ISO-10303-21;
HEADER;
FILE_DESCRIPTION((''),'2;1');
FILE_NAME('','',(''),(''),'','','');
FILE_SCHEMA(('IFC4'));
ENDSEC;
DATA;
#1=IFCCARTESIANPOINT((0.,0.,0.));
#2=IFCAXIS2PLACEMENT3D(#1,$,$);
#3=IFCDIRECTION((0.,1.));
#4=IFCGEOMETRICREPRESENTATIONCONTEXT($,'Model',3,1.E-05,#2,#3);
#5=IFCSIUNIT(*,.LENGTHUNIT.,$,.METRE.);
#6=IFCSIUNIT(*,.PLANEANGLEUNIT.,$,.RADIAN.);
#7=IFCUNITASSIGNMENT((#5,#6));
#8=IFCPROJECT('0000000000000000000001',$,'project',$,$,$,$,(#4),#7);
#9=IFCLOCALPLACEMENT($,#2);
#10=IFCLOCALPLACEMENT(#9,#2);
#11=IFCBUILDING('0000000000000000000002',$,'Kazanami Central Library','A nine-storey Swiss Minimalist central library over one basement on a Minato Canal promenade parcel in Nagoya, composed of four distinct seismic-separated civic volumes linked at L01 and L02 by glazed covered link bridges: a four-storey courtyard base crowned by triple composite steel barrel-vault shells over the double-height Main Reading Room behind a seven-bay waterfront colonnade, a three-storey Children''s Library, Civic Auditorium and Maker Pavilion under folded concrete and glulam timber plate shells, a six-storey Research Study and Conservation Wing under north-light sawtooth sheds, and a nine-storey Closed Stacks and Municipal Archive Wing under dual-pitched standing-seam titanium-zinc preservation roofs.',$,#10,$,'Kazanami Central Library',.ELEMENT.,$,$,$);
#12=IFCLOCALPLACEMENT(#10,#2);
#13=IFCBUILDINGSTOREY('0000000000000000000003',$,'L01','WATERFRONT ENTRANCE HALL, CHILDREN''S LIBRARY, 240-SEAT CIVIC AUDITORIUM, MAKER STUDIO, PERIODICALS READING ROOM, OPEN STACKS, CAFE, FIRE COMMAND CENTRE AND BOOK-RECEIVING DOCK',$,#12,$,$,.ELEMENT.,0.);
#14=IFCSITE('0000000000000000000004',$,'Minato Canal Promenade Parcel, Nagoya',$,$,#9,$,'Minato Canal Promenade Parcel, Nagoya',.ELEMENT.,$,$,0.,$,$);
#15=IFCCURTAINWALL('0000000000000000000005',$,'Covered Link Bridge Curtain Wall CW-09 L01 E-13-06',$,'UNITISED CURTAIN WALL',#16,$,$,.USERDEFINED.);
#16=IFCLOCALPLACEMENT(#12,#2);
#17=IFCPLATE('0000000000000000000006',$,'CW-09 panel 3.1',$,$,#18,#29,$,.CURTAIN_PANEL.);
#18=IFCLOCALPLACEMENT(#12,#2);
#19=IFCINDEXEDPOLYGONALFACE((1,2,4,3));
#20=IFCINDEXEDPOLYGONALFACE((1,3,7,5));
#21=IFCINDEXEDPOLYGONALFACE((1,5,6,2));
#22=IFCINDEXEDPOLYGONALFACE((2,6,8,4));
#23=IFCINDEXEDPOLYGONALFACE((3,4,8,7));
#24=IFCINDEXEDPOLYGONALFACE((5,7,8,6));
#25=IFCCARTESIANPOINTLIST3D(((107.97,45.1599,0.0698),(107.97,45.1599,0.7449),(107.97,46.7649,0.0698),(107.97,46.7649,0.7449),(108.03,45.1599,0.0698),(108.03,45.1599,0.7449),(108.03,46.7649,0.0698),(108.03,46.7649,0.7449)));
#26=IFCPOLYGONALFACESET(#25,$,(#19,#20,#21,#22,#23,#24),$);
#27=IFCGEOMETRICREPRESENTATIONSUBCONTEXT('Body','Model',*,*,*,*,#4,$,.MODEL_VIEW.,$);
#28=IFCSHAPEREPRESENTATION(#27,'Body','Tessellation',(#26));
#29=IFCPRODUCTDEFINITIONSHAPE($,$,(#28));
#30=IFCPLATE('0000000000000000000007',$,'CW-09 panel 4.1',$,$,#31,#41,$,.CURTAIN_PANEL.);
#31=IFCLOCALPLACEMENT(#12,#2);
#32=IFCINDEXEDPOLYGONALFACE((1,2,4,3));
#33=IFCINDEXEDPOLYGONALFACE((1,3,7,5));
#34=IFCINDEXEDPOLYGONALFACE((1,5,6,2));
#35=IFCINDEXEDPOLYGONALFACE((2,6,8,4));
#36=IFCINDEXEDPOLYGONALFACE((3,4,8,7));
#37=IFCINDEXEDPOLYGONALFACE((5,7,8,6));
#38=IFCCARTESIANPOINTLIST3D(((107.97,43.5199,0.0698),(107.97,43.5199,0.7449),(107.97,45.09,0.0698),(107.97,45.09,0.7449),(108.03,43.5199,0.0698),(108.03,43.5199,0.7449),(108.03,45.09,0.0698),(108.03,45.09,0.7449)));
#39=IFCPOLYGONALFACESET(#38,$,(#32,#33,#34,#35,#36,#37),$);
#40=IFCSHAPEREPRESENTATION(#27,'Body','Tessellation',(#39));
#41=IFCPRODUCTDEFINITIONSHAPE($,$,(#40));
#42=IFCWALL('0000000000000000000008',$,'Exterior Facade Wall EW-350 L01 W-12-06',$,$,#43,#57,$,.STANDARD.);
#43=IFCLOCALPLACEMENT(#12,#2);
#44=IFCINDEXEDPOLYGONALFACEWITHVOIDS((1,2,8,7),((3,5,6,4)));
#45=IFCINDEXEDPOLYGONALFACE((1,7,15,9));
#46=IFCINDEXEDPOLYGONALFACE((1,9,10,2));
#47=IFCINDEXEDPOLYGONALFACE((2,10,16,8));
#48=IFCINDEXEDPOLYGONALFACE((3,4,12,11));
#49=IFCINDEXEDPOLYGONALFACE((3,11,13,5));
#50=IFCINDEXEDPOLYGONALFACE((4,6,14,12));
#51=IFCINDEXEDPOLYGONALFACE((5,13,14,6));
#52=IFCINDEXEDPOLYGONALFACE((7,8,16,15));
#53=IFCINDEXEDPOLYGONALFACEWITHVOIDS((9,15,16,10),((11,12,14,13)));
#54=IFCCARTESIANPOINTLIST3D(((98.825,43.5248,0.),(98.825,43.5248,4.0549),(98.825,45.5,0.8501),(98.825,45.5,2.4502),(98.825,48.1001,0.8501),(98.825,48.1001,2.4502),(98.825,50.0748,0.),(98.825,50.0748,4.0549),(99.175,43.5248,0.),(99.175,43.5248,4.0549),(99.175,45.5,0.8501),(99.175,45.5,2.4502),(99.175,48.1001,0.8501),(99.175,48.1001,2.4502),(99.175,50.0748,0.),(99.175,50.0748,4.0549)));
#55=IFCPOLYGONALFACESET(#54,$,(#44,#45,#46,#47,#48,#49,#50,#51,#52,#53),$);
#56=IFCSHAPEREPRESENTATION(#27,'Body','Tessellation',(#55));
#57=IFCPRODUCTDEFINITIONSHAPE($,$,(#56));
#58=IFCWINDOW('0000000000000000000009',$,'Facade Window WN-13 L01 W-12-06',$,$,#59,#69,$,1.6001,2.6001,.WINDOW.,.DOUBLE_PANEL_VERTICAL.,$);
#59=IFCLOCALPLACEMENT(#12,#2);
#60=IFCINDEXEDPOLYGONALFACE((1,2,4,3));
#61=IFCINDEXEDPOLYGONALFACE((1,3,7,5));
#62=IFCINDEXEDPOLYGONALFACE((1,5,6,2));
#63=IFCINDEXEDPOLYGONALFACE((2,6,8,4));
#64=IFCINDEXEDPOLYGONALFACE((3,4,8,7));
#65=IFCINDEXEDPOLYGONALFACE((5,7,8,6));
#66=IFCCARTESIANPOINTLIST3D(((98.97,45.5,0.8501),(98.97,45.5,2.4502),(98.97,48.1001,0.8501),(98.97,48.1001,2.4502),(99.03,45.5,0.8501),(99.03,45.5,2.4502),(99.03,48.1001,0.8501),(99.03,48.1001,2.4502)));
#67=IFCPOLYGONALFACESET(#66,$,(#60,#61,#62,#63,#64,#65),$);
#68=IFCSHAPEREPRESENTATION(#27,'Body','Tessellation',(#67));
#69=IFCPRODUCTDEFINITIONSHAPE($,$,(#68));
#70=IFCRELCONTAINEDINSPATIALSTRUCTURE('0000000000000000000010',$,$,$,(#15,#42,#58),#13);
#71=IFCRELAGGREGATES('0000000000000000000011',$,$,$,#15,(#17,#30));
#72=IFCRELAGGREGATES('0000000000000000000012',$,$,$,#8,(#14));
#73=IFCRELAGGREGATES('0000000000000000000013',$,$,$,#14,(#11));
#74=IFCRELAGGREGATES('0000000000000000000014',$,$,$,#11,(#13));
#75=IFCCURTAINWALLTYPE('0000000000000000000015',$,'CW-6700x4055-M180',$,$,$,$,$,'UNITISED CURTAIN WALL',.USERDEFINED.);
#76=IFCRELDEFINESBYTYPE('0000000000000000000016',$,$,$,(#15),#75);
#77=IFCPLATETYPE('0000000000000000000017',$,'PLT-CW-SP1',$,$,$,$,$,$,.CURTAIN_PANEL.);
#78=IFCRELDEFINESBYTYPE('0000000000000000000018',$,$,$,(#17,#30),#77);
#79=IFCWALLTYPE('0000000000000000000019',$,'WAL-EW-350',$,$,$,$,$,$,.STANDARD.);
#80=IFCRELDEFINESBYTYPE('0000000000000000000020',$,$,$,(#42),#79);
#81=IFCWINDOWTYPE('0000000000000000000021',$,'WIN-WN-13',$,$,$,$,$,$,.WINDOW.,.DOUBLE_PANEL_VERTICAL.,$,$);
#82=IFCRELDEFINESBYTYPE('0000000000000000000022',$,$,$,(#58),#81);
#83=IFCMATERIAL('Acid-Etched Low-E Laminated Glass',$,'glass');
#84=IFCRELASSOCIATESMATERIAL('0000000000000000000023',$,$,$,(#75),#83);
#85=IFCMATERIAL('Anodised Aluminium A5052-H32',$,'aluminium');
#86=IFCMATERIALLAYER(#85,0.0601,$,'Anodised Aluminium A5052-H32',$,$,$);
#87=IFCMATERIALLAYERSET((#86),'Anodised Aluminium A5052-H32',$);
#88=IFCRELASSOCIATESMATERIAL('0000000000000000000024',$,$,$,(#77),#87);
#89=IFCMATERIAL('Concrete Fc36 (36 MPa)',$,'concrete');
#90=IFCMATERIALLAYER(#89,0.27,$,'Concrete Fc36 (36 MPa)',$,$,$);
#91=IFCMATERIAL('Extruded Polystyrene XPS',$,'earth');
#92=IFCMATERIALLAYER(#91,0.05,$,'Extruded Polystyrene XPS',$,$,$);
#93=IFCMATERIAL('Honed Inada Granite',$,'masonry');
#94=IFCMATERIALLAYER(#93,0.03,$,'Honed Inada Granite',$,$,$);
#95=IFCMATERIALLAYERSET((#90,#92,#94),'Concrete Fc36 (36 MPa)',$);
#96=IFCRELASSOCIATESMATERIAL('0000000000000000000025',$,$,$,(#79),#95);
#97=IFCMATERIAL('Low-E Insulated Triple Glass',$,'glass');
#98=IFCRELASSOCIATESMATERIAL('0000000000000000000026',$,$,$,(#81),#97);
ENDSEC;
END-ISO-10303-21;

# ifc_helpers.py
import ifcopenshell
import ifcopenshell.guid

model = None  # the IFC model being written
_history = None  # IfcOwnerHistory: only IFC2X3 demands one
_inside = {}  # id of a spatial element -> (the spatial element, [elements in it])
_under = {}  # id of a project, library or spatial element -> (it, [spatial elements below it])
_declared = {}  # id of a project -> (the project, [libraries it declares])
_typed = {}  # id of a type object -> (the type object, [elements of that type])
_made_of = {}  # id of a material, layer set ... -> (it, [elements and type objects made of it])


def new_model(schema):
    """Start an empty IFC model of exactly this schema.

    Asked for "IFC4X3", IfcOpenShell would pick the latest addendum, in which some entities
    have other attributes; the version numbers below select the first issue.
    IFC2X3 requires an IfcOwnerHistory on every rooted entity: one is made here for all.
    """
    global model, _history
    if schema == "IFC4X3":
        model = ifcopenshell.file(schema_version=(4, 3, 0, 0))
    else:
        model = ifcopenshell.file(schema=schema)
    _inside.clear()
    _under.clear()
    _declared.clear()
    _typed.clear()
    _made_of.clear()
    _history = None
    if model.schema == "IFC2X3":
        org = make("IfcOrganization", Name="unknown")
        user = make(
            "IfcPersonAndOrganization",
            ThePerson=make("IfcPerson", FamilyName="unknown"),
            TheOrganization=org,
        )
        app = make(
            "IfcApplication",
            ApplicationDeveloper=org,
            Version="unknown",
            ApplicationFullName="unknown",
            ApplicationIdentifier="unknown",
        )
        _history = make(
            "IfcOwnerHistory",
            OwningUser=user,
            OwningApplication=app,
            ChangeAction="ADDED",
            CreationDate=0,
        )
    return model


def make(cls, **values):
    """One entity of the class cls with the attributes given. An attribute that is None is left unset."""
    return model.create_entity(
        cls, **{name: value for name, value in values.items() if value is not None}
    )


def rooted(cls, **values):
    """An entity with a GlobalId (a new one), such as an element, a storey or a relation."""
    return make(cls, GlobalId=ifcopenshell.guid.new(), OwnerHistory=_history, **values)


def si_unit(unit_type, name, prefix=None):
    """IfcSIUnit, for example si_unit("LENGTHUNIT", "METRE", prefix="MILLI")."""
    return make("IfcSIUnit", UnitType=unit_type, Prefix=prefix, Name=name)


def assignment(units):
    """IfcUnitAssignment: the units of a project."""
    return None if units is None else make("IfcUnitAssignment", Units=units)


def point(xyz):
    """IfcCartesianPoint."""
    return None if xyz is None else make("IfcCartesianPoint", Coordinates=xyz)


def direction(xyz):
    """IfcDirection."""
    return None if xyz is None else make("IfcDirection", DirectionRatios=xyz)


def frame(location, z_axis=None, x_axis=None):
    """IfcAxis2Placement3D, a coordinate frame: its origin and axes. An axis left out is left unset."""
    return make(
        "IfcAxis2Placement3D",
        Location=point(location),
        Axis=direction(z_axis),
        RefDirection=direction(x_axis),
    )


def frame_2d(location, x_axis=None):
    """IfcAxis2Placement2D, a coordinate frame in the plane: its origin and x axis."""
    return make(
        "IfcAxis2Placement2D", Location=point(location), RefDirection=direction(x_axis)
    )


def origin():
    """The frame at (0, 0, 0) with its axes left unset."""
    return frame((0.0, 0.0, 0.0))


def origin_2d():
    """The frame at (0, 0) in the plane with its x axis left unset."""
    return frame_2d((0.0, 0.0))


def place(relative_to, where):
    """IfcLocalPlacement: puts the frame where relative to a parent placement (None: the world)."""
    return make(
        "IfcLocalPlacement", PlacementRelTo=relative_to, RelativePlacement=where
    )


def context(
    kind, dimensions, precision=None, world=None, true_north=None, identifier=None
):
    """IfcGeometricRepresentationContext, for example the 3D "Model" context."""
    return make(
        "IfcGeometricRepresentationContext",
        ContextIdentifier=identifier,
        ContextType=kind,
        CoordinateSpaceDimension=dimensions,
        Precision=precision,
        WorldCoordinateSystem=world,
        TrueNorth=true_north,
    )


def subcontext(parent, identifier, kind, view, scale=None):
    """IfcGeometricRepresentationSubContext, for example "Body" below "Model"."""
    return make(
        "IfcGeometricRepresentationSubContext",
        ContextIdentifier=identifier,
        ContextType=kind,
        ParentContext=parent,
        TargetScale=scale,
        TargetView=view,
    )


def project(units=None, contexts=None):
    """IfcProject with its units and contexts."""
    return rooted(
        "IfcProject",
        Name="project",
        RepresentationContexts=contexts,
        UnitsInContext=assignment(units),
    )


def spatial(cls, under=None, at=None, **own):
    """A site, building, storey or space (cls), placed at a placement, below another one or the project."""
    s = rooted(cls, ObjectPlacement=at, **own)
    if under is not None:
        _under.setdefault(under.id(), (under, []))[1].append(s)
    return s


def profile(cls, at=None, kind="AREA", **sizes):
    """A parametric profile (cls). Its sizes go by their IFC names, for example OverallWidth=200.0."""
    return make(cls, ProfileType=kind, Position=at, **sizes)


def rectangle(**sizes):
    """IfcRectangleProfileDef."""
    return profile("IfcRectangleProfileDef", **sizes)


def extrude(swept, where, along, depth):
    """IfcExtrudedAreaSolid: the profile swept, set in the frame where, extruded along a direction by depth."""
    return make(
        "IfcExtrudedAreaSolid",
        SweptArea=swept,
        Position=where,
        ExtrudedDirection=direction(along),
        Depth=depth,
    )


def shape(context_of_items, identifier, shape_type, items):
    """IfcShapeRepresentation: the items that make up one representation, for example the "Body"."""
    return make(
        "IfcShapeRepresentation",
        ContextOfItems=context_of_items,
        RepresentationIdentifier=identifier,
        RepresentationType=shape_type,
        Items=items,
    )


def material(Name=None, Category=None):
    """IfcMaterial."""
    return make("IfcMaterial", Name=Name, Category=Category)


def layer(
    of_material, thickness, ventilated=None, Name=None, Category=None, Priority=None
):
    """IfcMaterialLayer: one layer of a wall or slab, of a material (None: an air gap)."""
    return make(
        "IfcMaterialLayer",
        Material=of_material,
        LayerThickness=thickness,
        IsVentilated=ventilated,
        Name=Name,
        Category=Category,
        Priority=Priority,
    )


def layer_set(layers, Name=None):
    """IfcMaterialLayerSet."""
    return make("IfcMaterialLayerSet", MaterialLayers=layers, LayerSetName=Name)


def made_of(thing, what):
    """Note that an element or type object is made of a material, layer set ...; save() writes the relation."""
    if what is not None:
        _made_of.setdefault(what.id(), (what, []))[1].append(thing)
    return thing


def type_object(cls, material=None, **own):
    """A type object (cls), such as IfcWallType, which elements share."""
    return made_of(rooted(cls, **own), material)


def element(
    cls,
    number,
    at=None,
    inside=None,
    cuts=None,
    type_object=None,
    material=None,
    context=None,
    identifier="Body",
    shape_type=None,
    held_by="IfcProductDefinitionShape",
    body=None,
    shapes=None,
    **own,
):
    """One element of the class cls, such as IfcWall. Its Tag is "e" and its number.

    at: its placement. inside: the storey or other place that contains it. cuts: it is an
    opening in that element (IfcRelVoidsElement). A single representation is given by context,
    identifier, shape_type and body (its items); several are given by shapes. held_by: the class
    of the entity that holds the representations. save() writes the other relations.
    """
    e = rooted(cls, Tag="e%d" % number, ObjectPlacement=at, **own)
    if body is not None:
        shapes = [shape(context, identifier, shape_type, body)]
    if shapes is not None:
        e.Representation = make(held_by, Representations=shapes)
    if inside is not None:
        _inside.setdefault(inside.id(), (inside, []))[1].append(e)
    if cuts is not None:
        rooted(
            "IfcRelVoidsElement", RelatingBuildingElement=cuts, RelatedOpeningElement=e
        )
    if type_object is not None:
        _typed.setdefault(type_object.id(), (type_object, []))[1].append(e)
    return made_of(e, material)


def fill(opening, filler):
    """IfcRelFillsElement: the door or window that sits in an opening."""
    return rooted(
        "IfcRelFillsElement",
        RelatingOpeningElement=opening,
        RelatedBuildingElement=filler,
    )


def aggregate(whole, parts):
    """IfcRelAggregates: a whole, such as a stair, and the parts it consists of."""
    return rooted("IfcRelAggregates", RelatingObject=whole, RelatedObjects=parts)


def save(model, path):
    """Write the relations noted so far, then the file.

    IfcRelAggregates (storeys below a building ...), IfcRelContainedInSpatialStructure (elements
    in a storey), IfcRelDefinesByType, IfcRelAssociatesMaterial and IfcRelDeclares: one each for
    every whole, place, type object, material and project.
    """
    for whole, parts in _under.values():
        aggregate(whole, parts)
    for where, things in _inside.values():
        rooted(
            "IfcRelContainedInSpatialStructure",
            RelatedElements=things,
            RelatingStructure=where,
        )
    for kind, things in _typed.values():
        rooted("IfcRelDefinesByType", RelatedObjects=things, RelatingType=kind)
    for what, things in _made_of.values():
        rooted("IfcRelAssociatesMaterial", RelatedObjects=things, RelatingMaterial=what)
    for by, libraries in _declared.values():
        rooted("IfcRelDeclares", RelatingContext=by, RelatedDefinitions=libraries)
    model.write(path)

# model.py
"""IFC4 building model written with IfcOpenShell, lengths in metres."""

from ifc_helpers import new_model, si_unit, direction, frame, frame_2d, origin, origin_2d, place, context, subcontext, project, spatial, rectangle, extrude, material, layer, layer_set, type_object, element, fill, aggregate, save


model = new_model("IFC4")

# Units and contexts
model_context = context("Model", 3, precision=1e-05, world=origin(), true_north=direction((0.0, 1.0)))
body_context = subcontext(model_context, "Body", "Model", "MODEL_VIEW")
ifc_project = project(units=[si_unit("LENGTHUNIT", "METRE"), si_unit("PLANEANGLEUNIT", "RADIAN")], contexts=[model_context])

# Site, building, storey
site_placement = place(None, origin())
site = spatial("IfcSite", under=ifc_project, at=site_placement, Name="Minato Canal Promenade Parcel, Nagoya", LongName="Minato Canal Promenade Parcel, Nagoya", CompositionType="ELEMENT", RefElevation=0.0)
building_placement = place(site_placement, origin())
building = spatial("IfcBuilding", under=site, at=building_placement, Name="Kazanami Central Library", Description="A nine-storey Swiss Minimalist central library over one basement on a Minato Canal promenade parcel in Nagoya, composed of four distinct seismic-separated civic volumes linked at L01 and L02 by glazed covered link bridges: a four-storey courtyard base crowned by triple composite steel barrel-vault shells over the double-height Main Reading Room behind a seven-bay waterfront colonnade, a three-storey Children's Library, Civic Auditorium and Maker Pavilion under folded concrete and glulam timber plate shells, a six-storey Research Study and Conservation Wing under north-light sawtooth sheds, and a nine-storey Closed Stacks and Municipal Archive Wing under dual-pitched standing-seam titanium-zinc preservation roofs.", LongName="Kazanami Central Library", CompositionType="ELEMENT")
storey_placement = place(building_placement, origin())
storey = spatial("IfcBuildingStorey", under=building, at=storey_placement, Name="L01", Description="WATERFRONT ENTRANCE HALL, CHILDREN'S LIBRARY, 240-SEAT CIVIC AUDITORIUM, MAKER STUDIO, PERIODICALS READING ROOM, OPEN STACKS, CAFE, FIRE COMMAND CENTRE AND BOOK-RECEIVING DOCK", CompositionType="ELEMENT", Elevation=0.0)

# Shared definitions
ifc_material_1 = material(Name="Acid-Etched Low-E Laminated Glass", Category="glass")

# Curtain wall
curtain_wall_type_1 = type_object("IfcCurtainWallType", Name="CW-6700x4055-M180", ElementType="UNITISED CURTAIN WALL", PredefinedType="USERDEFINED", material=ifc_material_1)
curtain_wall_1_placement = place(storey_placement, origin())
curtain_wall_1 = element("IfcCurtainWall", 1, at=curtain_wall_1_placement, inside=storey, type_object=curtain_wall_type_1, Name="Covered Link Bridge Curtain Wall CW-09 L01 E-13-06", ObjectType="UNITISED CURTAIN WALL", PredefinedType="USERDEFINED")

# Plates
ifc_material_2 = material(Name="Low-E Insulated Triple Glass", Category="glass")
ifc_material_3 = material(Name="Anodised Aluminium A5052-H32", Category="aluminium")
ifc_layer_1 = layer(ifc_material_3, 0.0601, Name="Anodised Aluminium A5052-H32")
ifc_layer_set_1 = layer_set([ifc_layer_1], Name="Anodised Aluminium A5052-H32")
plate_type_1 = type_object("IfcPlateType", Name="PLT-CW-SP1", PredefinedType="CURTAIN_PANEL", material=ifc_layer_set_1)
plate_1_placement = place(storey_placement, frame((108.0, 45.9624, 0.0698), z_axis=(0.0, 0.0, 1.0), x_axis=(0.0, -1.0, 0.0)))
plate_1 = element("IfcPlate", 2, at=plate_1_placement, type_object=plate_type_1, Name="CW-09 panel 3.1", PredefinedType="CURTAIN_PANEL", context=body_context, shape_type="SweptSolid", body=[
    extrude(rectangle(XDim=1.605, YDim=0.0601, at=origin_2d()), origin(), (0.0, 0.0, 1.0), 0.675),
])
plate_2_placement = place(storey_placement, frame((108.0, 44.3049, 0.0698), z_axis=(0.0, 0.0, 1.0), x_axis=(0.0, -1.0, 0.0)))
plate_2 = element("IfcPlate", 3, at=plate_2_placement, type_object=plate_type_1, Name="CW-09 panel 4.1", PredefinedType="CURTAIN_PANEL", context=body_context, shape_type="SweptSolid", body=[
    extrude(rectangle(XDim=1.5701, YDim=0.0601, at=origin_2d()), origin(), (0.0, 0.0, 1.0), 0.675),
])
aggregate(curtain_wall_1, [plate_1, plate_2])

# Wall, opening, window
ifc_material_4 = material(Name="Concrete Fc36 (36 MPa)", Category="concrete")
ifc_layer_2 = layer(ifc_material_4, 0.27, Name="Concrete Fc36 (36 MPa)")
ifc_material_5 = material(Name="Extruded Polystyrene XPS", Category="earth")
ifc_layer_3 = layer(ifc_material_5, 0.05, Name="Extruded Polystyrene XPS")
ifc_material_6 = material(Name="Honed Inada Granite", Category="masonry")
ifc_layer_4 = layer(ifc_material_6, 0.03, Name="Honed Inada Granite")
ifc_layer_set_2 = layer_set([ifc_layer_2, ifc_layer_3, ifc_layer_4], Name="Concrete Fc36 (36 MPa)")
wall_type = type_object("IfcWallType", Name="WAL-EW-350", PredefinedType="STANDARD", material=ifc_layer_set_2)
wall_placement = place(storey_placement, frame((99.0, 43.5249, 0.0), z_axis=(0.0, 0.0, 1.0), x_axis=(0.0, 1.0, 0.0)))
wall = element("IfcWall", 4, at=wall_placement, inside=storey, type_object=wall_type, Name="Exterior Facade Wall EW-350 L01 W-12-06", PredefinedType="STANDARD", context=body_context, shape_type="SweptSolid", body=[
    extrude(rectangle(XDim=6.55, YDim=0.3501, at=frame_2d((3.2749, 0.0))), origin(), (0.0, 0.0, 1.0), 4.0549),
])
opening_placement = place(wall_placement, frame((1.9751, 0.0, 0.8501)))
opening = element("IfcOpeningElement", 5, at=opening_placement, cuts=wall, PredefinedType="OPENING", context=body_context, shape_type="SweptSolid", body=[
    extrude(rectangle(XDim=2.6001, YDim=1.6001, at=frame_2d((1.3, 0.8))), frame((0.0, 0.187, 0.0), z_axis=(0.0, -1.0, 0.0), x_axis=(1.0, 0.0, 0.0)), (0.0, 0.0, 1.0), 0.374),
])
window_type = type_object("IfcWindowType", Name="WIN-WN-13", PartitioningType="DOUBLE_PANEL_VERTICAL", PredefinedType="WINDOW", material=ifc_material_2)
window_placement = place(opening_placement, origin())
window = element("IfcWindow", 6, at=window_placement, inside=storey, type_object=window_type, Name="Facade Window WN-13 L01 W-12-06", OverallHeight=1.6001, OverallWidth=2.6001, PartitioningType="DOUBLE_PANEL_VERTICAL", PredefinedType="WINDOW", context=body_context, shape_type="SweptSolid", body=[
    extrude(rectangle(XDim=2.6001, YDim=1.6001, at=frame_2d((1.3, 0.8))), frame((0.0, 0.03, 0.0), z_axis=(0.0, -1.0, 0.0), x_axis=(1.0, 0.0, 0.0)), (0.0, 0.0, 1.0), 0.0601),
])
fill(opening, window)

save(model, "model.ifc")
